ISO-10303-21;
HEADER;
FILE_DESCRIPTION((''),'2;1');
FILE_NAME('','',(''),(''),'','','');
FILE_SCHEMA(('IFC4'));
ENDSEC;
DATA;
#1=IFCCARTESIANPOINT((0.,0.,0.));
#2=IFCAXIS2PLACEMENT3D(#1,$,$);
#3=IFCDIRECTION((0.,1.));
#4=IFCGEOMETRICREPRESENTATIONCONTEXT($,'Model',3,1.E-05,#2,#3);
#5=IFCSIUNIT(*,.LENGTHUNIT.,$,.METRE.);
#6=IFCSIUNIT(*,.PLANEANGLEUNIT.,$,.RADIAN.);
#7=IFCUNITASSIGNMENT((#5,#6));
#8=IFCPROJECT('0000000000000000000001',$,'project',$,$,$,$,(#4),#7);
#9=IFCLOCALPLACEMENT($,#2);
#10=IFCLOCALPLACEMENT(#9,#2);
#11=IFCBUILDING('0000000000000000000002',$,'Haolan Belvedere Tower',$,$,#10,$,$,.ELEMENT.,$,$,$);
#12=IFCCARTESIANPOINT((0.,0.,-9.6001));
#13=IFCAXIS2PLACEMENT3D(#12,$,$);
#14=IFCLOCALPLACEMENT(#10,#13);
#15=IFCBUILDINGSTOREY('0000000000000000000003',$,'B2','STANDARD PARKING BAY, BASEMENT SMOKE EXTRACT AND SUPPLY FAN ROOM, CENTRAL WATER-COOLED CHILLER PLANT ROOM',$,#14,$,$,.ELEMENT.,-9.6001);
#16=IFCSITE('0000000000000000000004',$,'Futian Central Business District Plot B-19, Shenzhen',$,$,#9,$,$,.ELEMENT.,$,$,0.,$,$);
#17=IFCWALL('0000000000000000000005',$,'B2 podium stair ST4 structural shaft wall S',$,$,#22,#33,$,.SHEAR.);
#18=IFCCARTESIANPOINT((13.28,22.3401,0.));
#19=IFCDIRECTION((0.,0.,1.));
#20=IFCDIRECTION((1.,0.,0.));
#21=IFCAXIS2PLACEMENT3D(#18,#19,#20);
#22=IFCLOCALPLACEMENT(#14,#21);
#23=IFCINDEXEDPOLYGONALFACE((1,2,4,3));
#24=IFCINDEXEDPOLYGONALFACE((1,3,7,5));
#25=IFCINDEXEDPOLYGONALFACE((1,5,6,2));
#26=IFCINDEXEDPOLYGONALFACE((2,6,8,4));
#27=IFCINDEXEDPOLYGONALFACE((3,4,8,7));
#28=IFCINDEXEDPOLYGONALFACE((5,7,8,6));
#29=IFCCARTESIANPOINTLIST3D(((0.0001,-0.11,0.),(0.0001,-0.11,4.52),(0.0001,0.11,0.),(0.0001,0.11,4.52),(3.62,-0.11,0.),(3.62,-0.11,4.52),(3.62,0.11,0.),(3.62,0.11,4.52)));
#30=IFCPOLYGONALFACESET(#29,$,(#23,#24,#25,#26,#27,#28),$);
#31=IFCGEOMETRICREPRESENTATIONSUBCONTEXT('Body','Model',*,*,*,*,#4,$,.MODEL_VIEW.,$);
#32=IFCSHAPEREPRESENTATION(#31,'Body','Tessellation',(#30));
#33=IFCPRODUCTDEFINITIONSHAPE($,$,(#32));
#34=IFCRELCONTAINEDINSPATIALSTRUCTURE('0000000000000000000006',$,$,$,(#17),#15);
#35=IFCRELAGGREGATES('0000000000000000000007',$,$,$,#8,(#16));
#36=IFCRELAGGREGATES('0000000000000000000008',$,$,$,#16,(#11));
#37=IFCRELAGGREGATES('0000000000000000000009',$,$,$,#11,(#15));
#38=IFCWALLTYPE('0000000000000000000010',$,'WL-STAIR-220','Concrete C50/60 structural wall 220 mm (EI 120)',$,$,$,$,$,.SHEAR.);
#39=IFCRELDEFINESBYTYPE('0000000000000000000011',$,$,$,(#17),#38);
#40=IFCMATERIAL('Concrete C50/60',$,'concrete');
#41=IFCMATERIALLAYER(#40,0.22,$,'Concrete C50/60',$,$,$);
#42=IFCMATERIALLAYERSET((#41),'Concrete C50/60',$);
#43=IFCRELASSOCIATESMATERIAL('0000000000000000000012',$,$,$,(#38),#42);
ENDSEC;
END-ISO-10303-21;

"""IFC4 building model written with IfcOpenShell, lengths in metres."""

from ifc_helpers import new_model, si_unit, direction, frame, frame_2d, origin, place, context, subcontext, project, spatial, rectangle, extrude, material, layer, layer_set, type_object, element, save


model = new_model("IFC4")

# Units and contexts
model_context = context("Model", 3, precision=1e-05, world=origin(), true_north=direction((0.0, 1.0)))
body_context = subcontext(model_context, "Body", "Model", "MODEL_VIEW")
ifc_project = project(units=[si_unit("LENGTHUNIT", "METRE"), si_unit("PLANEANGLEUNIT", "RADIAN")], contexts=[model_context])

# Site, building, storey
site_placement = place(None, origin())
site = spatial("IfcSite", under=ifc_project, at=site_placement, Name="Futian Central Business District Plot B-19, Shenzhen", CompositionType="ELEMENT", RefElevation=0.0)
building_placement = place(site_placement, origin())
building = spatial("IfcBuilding", under=site, at=building_placement, Name="Haolan Belvedere Tower", CompositionType="ELEMENT")
storey_placement = place(building_placement, frame((0.0, 0.0, -9.6001)))
storey = spatial("IfcBuildingStorey", under=building, at=storey_placement, Name="B2", Description="STANDARD PARKING BAY, BASEMENT SMOKE EXTRACT AND SUPPLY FAN ROOM, CENTRAL WATER-COOLED CHILLER PLANT ROOM", CompositionType="ELEMENT", Elevation=-9.6001)

# Shared definitions
ifc_material_1 = material(Name="Concrete C50/60", Category="concrete")

# Shared definitions
ifc_layer_1 = layer(ifc_material_1, 0.22, Name="Concrete C50/60")
ifc_layer_set_1 = layer_set([ifc_layer_1], Name="Concrete C50/60")
wall_type_1 = type_object("IfcWallType", Name="WL-STAIR-220", Description="Concrete C50/60 structural wall 220 mm (EI 120)", PredefinedType="SHEAR", material=ifc_layer_set_1)

# Wall
wall_1_placement = place(storey_placement, frame((13.28, 22.3401, 0.0), z_axis=(0.0, 0.0, 1.0), x_axis=(1.0, 0.0, 0.0)))
element("IfcWall", 1, at=wall_1_placement, inside=storey, type_object=wall_type_1, Name="B2 podium stair ST4 structural shaft wall S", PredefinedType="SHEAR", context=body_context, shape_type="SweptSolid", body=[
    extrude(rectangle(XDim=3.6199, YDim=0.22, at=frame_2d((1.8101, 0.0))), origin(), (0.0, 0.0, 1.0), 4.52),
])

save(model, "model.ifc")
